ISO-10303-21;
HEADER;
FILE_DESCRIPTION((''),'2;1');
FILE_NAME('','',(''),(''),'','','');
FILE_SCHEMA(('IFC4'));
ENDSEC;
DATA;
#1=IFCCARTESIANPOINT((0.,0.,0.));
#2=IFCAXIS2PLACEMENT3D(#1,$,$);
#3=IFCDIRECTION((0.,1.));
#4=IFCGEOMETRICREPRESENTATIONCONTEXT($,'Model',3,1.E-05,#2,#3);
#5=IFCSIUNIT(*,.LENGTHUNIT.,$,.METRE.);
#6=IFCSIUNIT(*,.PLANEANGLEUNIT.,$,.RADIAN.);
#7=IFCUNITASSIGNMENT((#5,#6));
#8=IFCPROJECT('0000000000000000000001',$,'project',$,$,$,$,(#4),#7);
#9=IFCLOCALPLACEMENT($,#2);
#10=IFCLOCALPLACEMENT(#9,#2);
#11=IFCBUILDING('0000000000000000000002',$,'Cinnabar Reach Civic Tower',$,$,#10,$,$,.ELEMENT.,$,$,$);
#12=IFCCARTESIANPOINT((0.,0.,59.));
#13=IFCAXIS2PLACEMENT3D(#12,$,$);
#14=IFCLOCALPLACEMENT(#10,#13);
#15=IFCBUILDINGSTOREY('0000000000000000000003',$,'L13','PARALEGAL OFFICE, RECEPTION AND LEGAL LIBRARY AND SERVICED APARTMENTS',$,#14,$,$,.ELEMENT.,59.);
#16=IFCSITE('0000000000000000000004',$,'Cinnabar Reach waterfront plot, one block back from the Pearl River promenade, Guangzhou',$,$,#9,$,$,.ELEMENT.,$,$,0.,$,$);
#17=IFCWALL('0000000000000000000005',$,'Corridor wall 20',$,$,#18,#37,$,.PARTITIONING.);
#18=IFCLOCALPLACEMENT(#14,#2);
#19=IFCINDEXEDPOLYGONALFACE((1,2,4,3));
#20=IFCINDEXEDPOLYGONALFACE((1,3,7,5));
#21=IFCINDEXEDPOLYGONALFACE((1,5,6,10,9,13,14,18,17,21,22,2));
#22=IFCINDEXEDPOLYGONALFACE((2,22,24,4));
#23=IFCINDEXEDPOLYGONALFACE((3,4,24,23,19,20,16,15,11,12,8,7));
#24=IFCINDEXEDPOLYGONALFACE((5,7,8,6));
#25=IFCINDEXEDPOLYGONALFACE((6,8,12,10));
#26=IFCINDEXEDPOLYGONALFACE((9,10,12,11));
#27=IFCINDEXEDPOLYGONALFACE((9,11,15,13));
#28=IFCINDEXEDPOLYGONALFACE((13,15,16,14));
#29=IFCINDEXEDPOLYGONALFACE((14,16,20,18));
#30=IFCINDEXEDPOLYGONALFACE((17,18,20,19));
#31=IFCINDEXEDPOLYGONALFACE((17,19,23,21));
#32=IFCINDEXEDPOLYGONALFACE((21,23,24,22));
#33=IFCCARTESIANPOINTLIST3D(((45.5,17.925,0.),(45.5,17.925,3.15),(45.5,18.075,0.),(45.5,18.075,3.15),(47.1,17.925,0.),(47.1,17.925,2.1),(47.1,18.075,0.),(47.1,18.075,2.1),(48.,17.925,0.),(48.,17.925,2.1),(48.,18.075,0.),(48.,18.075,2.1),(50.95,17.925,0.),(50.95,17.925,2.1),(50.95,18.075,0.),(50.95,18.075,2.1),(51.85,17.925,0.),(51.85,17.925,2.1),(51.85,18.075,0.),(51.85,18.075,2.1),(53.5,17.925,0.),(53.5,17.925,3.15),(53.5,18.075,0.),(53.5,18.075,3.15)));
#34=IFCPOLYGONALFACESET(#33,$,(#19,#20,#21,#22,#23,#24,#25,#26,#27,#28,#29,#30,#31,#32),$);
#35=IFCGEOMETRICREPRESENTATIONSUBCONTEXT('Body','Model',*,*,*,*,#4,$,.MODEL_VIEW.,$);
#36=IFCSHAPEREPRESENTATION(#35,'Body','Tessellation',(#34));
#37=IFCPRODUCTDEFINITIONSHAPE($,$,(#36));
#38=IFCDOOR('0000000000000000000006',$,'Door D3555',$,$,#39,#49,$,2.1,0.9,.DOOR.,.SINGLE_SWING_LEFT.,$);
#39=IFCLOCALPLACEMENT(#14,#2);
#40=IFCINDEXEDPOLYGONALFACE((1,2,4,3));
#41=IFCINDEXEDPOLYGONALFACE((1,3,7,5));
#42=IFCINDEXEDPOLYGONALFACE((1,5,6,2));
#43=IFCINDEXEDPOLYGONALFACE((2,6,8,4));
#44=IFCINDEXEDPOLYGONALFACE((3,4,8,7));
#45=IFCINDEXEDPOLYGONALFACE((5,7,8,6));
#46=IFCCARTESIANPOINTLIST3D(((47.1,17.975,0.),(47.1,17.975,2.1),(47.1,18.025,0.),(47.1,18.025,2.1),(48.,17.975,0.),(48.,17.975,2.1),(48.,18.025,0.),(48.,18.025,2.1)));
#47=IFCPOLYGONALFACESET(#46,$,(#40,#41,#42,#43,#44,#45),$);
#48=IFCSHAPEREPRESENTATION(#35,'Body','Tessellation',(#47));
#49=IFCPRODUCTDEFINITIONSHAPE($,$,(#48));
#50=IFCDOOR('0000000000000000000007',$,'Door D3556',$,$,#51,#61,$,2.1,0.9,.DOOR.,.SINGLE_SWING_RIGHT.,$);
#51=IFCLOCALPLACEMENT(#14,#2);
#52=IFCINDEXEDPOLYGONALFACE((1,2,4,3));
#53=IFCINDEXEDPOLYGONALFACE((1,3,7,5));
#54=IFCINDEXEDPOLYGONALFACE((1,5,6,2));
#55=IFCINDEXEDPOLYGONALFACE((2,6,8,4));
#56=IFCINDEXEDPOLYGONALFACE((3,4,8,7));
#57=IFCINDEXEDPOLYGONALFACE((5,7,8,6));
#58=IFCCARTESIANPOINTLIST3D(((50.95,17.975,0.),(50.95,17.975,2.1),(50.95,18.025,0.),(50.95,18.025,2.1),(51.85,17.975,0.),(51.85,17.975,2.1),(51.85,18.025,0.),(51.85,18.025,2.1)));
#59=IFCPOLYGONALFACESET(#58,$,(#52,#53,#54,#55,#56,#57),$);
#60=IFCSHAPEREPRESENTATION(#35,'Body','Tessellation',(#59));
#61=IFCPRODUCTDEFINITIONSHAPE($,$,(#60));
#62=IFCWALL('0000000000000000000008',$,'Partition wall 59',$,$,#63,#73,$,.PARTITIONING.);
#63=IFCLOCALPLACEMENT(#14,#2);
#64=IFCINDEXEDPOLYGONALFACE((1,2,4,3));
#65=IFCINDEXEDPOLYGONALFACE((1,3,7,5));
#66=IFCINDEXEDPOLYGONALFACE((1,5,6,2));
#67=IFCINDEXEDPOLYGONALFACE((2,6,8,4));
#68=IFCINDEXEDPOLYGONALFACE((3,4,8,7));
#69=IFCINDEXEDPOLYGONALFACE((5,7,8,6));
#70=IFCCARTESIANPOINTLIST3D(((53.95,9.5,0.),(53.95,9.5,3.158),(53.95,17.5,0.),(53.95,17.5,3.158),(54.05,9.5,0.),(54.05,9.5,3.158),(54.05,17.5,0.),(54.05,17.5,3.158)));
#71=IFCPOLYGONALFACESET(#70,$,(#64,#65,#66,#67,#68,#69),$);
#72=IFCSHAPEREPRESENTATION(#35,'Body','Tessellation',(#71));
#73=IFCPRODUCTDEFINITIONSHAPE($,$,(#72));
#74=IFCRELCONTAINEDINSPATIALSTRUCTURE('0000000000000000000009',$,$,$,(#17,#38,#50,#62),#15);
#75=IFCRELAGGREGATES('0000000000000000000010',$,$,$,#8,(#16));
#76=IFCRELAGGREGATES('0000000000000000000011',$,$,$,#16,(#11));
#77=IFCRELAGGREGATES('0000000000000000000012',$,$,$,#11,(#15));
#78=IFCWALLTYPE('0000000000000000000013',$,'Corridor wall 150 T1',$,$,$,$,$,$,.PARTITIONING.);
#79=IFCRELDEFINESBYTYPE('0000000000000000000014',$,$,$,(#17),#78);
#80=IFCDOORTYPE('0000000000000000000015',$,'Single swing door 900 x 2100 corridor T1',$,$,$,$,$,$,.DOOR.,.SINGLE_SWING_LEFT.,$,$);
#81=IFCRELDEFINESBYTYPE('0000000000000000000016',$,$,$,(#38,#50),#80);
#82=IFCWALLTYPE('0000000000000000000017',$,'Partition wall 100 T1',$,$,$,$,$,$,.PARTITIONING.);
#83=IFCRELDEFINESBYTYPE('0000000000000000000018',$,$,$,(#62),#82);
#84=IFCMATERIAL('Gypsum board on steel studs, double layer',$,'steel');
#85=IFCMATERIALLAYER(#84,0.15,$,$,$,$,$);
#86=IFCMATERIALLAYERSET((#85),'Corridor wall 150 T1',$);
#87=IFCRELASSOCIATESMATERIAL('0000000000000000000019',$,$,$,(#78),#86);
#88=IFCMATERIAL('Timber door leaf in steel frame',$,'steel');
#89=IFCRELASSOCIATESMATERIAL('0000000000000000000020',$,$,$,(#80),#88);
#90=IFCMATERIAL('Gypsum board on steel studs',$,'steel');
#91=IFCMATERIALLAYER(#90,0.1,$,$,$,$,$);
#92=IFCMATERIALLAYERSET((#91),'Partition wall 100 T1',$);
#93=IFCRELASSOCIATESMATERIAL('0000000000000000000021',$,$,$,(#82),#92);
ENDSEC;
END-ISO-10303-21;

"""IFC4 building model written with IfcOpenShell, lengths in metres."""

from ifc_helpers import new_model, si_unit, direction, frame, frame_2d, origin, place, context, subcontext, project, spatial, rectangle, extrude, material, layer, layer_set, type_object, element, fill, save


model = new_model("IFC4")

# Units and contexts
model_context = context("Model", 3, precision=1e-05, world=origin(), true_north=direction((0.0, 1.0)))
body_context = subcontext(model_context, "Body", "Model", "MODEL_VIEW")
ifc_project = project(units=[si_unit("LENGTHUNIT", "METRE"), si_unit("PLANEANGLEUNIT", "RADIAN")], contexts=[model_context])

# Site, building, storey
site_placement = place(None, origin())
site = spatial("IfcSite", under=ifc_project, at=site_placement, Name="Cinnabar Reach waterfront plot, one block back from the Pearl River promenade, Guangzhou", CompositionType="ELEMENT", RefElevation=0.0)
building_placement = place(site_placement, origin())
building = spatial("IfcBuilding", under=site, at=building_placement, Name="Cinnabar Reach Civic Tower", CompositionType="ELEMENT")
storey_placement = place(building_placement, frame((0.0, 0.0, 59.0)))
storey = spatial("IfcBuildingStorey", under=building, at=storey_placement, Name="L13", Description="PARALEGAL OFFICE, RECEPTION AND LEGAL LIBRARY AND SERVICED APARTMENTS", CompositionType="ELEMENT", Elevation=59.0)

# Shared definitions
ifc_material_1 = material(Name="Gypsum board on steel studs, double layer", Category="steel")
ifc_layer_1 = layer(ifc_material_1, 0.15)
ifc_layer_set_1 = layer_set([ifc_layer_1], Name="Corridor wall 150 T1")
wall_type_1 = type_object("IfcWallType", Name="Corridor wall 150 T1", PredefinedType="PARTITIONING", material=ifc_layer_set_1)
ifc_material_2 = material(Name="Timber door leaf in steel frame", Category="steel")
door_type = type_object("IfcDoorType", Name="Single swing door 900 x 2100 corridor T1", OperationType="SINGLE_SWING_LEFT", PredefinedType="DOOR", material=ifc_material_2)

# Wall, openings, doors
wall_1_placement = place(storey_placement, frame((45.5, 18.0, 0.0), z_axis=(0.0, 0.0, 1.0), x_axis=(1.0, 0.0, 0.0)))
wall_1 = element("IfcWall", 1, at=wall_1_placement, inside=storey, type_object=wall_type_1, Name="Corridor wall 20", PredefinedType="PARTITIONING", context=body_context, shape_type="SweptSolid", body=[
    extrude(rectangle(XDim=8.0, YDim=0.15, at=frame_2d((4.0, 0.0))), origin(), (0.0, 0.0, 1.0), 3.15),
])
opening_1_placement = place(wall_1_placement, frame((1.6, 0.0, 0.0)))
opening_1 = element("IfcOpeningElement", 2, at=opening_1_placement, cuts=wall_1, PredefinedType="OPENING", context=body_context, shape_type="SweptSolid", body=[
    extrude(rectangle(XDim=0.9, YDim=2.1, at=frame_2d((0.45, 1.05))), frame((0.0, 0.085, 0.0), z_axis=(0.0, -1.0, 0.0), x_axis=(1.0, 0.0, 0.0)), (0.0, 0.0, 1.0), 0.17),
])
opening_2_placement = place(wall_1_placement, frame((5.45, 0.0, 0.0)))
opening_2 = element("IfcOpeningElement", 3, at=opening_2_placement, cuts=wall_1, PredefinedType="OPENING", context=body_context, shape_type="SweptSolid", body=[
    extrude(rectangle(XDim=0.9, YDim=2.1, at=frame_2d((0.45, 1.05))), frame((0.0, 0.085, 0.0), z_axis=(0.0, -1.0, 0.0), x_axis=(1.0, 0.0, 0.0)), (0.0, 0.0, 1.0), 0.17),
])
door_1_placement = place(opening_1_placement, frame((0.9, 0.0, 0.0), z_axis=(0.0, 0.0, 1.0), x_axis=(-1.0, 0.0, 0.0)))
door_1 = element("IfcDoor", 4, at=door_1_placement, inside=storey, type_object=door_type, Name="Door D3555", OperationType="SINGLE_SWING_LEFT", OverallHeight=2.1, OverallWidth=0.9, PredefinedType="DOOR", context=body_context, shape_type="SweptSolid", body=[
    extrude(rectangle(XDim=0.9, YDim=2.1, at=frame_2d((0.45, 1.05))), frame((0.0, 0.025, 0.0), z_axis=(0.0, -1.0, 0.0), x_axis=(1.0, 0.0, 0.0)), (0.0, 0.0, 1.0), 0.05),
])
fill(opening_1, door_1)
door_2_placement = place(opening_2_placement, frame((0.9, 0.0, 0.0), z_axis=(0.0, 0.0, 1.0), x_axis=(-1.0, 0.0, 0.0)))
door_2 = element("IfcDoor", 5, at=door_2_placement, inside=storey, type_object=door_type, Name="Door D3556", OperationType="SINGLE_SWING_RIGHT", OverallHeight=2.1, OverallWidth=0.9, PredefinedType="DOOR", context=body_context, shape_type="SweptSolid", body=[
    extrude(rectangle(XDim=0.9, YDim=2.1, at=frame_2d((0.45, 1.05))), frame((0.0, 0.025, 0.0), z_axis=(0.0, -1.0, 0.0), x_axis=(1.0, 0.0, 0.0)), (0.0, 0.0, 1.0), 0.05),
])
fill(opening_2, door_2)

# Wall
ifc_material_3 = material(Name="Gypsum board on steel studs", Category="steel")
ifc_layer_2 = layer(ifc_material_3, 0.1)
ifc_layer_set_2 = layer_set([ifc_layer_2], Name="Partition wall 100 T1")
wall_type_2 = type_object("IfcWallType", Name="Partition wall 100 T1", PredefinedType="PARTITIONING", material=ifc_layer_set_2)
wall_2_placement = place(storey_placement, frame((54.0, 9.5, 0.0), z_axis=(0.0, 0.0, 1.0), x_axis=(0.0, 1.0, 0.0)))
element("IfcWall", 6, at=wall_2_placement, inside=storey, type_object=wall_type_2, Name="Partition wall 59", PredefinedType="PARTITIONING", context=body_context, shape_type="SweptSolid", body=[
    extrude(rectangle(XDim=8.0, YDim=0.1, at=frame_2d((4.0, 0.0))), origin(), (0.0, 0.0, 1.0), 3.158),
])

save(model, "model.ifc")
